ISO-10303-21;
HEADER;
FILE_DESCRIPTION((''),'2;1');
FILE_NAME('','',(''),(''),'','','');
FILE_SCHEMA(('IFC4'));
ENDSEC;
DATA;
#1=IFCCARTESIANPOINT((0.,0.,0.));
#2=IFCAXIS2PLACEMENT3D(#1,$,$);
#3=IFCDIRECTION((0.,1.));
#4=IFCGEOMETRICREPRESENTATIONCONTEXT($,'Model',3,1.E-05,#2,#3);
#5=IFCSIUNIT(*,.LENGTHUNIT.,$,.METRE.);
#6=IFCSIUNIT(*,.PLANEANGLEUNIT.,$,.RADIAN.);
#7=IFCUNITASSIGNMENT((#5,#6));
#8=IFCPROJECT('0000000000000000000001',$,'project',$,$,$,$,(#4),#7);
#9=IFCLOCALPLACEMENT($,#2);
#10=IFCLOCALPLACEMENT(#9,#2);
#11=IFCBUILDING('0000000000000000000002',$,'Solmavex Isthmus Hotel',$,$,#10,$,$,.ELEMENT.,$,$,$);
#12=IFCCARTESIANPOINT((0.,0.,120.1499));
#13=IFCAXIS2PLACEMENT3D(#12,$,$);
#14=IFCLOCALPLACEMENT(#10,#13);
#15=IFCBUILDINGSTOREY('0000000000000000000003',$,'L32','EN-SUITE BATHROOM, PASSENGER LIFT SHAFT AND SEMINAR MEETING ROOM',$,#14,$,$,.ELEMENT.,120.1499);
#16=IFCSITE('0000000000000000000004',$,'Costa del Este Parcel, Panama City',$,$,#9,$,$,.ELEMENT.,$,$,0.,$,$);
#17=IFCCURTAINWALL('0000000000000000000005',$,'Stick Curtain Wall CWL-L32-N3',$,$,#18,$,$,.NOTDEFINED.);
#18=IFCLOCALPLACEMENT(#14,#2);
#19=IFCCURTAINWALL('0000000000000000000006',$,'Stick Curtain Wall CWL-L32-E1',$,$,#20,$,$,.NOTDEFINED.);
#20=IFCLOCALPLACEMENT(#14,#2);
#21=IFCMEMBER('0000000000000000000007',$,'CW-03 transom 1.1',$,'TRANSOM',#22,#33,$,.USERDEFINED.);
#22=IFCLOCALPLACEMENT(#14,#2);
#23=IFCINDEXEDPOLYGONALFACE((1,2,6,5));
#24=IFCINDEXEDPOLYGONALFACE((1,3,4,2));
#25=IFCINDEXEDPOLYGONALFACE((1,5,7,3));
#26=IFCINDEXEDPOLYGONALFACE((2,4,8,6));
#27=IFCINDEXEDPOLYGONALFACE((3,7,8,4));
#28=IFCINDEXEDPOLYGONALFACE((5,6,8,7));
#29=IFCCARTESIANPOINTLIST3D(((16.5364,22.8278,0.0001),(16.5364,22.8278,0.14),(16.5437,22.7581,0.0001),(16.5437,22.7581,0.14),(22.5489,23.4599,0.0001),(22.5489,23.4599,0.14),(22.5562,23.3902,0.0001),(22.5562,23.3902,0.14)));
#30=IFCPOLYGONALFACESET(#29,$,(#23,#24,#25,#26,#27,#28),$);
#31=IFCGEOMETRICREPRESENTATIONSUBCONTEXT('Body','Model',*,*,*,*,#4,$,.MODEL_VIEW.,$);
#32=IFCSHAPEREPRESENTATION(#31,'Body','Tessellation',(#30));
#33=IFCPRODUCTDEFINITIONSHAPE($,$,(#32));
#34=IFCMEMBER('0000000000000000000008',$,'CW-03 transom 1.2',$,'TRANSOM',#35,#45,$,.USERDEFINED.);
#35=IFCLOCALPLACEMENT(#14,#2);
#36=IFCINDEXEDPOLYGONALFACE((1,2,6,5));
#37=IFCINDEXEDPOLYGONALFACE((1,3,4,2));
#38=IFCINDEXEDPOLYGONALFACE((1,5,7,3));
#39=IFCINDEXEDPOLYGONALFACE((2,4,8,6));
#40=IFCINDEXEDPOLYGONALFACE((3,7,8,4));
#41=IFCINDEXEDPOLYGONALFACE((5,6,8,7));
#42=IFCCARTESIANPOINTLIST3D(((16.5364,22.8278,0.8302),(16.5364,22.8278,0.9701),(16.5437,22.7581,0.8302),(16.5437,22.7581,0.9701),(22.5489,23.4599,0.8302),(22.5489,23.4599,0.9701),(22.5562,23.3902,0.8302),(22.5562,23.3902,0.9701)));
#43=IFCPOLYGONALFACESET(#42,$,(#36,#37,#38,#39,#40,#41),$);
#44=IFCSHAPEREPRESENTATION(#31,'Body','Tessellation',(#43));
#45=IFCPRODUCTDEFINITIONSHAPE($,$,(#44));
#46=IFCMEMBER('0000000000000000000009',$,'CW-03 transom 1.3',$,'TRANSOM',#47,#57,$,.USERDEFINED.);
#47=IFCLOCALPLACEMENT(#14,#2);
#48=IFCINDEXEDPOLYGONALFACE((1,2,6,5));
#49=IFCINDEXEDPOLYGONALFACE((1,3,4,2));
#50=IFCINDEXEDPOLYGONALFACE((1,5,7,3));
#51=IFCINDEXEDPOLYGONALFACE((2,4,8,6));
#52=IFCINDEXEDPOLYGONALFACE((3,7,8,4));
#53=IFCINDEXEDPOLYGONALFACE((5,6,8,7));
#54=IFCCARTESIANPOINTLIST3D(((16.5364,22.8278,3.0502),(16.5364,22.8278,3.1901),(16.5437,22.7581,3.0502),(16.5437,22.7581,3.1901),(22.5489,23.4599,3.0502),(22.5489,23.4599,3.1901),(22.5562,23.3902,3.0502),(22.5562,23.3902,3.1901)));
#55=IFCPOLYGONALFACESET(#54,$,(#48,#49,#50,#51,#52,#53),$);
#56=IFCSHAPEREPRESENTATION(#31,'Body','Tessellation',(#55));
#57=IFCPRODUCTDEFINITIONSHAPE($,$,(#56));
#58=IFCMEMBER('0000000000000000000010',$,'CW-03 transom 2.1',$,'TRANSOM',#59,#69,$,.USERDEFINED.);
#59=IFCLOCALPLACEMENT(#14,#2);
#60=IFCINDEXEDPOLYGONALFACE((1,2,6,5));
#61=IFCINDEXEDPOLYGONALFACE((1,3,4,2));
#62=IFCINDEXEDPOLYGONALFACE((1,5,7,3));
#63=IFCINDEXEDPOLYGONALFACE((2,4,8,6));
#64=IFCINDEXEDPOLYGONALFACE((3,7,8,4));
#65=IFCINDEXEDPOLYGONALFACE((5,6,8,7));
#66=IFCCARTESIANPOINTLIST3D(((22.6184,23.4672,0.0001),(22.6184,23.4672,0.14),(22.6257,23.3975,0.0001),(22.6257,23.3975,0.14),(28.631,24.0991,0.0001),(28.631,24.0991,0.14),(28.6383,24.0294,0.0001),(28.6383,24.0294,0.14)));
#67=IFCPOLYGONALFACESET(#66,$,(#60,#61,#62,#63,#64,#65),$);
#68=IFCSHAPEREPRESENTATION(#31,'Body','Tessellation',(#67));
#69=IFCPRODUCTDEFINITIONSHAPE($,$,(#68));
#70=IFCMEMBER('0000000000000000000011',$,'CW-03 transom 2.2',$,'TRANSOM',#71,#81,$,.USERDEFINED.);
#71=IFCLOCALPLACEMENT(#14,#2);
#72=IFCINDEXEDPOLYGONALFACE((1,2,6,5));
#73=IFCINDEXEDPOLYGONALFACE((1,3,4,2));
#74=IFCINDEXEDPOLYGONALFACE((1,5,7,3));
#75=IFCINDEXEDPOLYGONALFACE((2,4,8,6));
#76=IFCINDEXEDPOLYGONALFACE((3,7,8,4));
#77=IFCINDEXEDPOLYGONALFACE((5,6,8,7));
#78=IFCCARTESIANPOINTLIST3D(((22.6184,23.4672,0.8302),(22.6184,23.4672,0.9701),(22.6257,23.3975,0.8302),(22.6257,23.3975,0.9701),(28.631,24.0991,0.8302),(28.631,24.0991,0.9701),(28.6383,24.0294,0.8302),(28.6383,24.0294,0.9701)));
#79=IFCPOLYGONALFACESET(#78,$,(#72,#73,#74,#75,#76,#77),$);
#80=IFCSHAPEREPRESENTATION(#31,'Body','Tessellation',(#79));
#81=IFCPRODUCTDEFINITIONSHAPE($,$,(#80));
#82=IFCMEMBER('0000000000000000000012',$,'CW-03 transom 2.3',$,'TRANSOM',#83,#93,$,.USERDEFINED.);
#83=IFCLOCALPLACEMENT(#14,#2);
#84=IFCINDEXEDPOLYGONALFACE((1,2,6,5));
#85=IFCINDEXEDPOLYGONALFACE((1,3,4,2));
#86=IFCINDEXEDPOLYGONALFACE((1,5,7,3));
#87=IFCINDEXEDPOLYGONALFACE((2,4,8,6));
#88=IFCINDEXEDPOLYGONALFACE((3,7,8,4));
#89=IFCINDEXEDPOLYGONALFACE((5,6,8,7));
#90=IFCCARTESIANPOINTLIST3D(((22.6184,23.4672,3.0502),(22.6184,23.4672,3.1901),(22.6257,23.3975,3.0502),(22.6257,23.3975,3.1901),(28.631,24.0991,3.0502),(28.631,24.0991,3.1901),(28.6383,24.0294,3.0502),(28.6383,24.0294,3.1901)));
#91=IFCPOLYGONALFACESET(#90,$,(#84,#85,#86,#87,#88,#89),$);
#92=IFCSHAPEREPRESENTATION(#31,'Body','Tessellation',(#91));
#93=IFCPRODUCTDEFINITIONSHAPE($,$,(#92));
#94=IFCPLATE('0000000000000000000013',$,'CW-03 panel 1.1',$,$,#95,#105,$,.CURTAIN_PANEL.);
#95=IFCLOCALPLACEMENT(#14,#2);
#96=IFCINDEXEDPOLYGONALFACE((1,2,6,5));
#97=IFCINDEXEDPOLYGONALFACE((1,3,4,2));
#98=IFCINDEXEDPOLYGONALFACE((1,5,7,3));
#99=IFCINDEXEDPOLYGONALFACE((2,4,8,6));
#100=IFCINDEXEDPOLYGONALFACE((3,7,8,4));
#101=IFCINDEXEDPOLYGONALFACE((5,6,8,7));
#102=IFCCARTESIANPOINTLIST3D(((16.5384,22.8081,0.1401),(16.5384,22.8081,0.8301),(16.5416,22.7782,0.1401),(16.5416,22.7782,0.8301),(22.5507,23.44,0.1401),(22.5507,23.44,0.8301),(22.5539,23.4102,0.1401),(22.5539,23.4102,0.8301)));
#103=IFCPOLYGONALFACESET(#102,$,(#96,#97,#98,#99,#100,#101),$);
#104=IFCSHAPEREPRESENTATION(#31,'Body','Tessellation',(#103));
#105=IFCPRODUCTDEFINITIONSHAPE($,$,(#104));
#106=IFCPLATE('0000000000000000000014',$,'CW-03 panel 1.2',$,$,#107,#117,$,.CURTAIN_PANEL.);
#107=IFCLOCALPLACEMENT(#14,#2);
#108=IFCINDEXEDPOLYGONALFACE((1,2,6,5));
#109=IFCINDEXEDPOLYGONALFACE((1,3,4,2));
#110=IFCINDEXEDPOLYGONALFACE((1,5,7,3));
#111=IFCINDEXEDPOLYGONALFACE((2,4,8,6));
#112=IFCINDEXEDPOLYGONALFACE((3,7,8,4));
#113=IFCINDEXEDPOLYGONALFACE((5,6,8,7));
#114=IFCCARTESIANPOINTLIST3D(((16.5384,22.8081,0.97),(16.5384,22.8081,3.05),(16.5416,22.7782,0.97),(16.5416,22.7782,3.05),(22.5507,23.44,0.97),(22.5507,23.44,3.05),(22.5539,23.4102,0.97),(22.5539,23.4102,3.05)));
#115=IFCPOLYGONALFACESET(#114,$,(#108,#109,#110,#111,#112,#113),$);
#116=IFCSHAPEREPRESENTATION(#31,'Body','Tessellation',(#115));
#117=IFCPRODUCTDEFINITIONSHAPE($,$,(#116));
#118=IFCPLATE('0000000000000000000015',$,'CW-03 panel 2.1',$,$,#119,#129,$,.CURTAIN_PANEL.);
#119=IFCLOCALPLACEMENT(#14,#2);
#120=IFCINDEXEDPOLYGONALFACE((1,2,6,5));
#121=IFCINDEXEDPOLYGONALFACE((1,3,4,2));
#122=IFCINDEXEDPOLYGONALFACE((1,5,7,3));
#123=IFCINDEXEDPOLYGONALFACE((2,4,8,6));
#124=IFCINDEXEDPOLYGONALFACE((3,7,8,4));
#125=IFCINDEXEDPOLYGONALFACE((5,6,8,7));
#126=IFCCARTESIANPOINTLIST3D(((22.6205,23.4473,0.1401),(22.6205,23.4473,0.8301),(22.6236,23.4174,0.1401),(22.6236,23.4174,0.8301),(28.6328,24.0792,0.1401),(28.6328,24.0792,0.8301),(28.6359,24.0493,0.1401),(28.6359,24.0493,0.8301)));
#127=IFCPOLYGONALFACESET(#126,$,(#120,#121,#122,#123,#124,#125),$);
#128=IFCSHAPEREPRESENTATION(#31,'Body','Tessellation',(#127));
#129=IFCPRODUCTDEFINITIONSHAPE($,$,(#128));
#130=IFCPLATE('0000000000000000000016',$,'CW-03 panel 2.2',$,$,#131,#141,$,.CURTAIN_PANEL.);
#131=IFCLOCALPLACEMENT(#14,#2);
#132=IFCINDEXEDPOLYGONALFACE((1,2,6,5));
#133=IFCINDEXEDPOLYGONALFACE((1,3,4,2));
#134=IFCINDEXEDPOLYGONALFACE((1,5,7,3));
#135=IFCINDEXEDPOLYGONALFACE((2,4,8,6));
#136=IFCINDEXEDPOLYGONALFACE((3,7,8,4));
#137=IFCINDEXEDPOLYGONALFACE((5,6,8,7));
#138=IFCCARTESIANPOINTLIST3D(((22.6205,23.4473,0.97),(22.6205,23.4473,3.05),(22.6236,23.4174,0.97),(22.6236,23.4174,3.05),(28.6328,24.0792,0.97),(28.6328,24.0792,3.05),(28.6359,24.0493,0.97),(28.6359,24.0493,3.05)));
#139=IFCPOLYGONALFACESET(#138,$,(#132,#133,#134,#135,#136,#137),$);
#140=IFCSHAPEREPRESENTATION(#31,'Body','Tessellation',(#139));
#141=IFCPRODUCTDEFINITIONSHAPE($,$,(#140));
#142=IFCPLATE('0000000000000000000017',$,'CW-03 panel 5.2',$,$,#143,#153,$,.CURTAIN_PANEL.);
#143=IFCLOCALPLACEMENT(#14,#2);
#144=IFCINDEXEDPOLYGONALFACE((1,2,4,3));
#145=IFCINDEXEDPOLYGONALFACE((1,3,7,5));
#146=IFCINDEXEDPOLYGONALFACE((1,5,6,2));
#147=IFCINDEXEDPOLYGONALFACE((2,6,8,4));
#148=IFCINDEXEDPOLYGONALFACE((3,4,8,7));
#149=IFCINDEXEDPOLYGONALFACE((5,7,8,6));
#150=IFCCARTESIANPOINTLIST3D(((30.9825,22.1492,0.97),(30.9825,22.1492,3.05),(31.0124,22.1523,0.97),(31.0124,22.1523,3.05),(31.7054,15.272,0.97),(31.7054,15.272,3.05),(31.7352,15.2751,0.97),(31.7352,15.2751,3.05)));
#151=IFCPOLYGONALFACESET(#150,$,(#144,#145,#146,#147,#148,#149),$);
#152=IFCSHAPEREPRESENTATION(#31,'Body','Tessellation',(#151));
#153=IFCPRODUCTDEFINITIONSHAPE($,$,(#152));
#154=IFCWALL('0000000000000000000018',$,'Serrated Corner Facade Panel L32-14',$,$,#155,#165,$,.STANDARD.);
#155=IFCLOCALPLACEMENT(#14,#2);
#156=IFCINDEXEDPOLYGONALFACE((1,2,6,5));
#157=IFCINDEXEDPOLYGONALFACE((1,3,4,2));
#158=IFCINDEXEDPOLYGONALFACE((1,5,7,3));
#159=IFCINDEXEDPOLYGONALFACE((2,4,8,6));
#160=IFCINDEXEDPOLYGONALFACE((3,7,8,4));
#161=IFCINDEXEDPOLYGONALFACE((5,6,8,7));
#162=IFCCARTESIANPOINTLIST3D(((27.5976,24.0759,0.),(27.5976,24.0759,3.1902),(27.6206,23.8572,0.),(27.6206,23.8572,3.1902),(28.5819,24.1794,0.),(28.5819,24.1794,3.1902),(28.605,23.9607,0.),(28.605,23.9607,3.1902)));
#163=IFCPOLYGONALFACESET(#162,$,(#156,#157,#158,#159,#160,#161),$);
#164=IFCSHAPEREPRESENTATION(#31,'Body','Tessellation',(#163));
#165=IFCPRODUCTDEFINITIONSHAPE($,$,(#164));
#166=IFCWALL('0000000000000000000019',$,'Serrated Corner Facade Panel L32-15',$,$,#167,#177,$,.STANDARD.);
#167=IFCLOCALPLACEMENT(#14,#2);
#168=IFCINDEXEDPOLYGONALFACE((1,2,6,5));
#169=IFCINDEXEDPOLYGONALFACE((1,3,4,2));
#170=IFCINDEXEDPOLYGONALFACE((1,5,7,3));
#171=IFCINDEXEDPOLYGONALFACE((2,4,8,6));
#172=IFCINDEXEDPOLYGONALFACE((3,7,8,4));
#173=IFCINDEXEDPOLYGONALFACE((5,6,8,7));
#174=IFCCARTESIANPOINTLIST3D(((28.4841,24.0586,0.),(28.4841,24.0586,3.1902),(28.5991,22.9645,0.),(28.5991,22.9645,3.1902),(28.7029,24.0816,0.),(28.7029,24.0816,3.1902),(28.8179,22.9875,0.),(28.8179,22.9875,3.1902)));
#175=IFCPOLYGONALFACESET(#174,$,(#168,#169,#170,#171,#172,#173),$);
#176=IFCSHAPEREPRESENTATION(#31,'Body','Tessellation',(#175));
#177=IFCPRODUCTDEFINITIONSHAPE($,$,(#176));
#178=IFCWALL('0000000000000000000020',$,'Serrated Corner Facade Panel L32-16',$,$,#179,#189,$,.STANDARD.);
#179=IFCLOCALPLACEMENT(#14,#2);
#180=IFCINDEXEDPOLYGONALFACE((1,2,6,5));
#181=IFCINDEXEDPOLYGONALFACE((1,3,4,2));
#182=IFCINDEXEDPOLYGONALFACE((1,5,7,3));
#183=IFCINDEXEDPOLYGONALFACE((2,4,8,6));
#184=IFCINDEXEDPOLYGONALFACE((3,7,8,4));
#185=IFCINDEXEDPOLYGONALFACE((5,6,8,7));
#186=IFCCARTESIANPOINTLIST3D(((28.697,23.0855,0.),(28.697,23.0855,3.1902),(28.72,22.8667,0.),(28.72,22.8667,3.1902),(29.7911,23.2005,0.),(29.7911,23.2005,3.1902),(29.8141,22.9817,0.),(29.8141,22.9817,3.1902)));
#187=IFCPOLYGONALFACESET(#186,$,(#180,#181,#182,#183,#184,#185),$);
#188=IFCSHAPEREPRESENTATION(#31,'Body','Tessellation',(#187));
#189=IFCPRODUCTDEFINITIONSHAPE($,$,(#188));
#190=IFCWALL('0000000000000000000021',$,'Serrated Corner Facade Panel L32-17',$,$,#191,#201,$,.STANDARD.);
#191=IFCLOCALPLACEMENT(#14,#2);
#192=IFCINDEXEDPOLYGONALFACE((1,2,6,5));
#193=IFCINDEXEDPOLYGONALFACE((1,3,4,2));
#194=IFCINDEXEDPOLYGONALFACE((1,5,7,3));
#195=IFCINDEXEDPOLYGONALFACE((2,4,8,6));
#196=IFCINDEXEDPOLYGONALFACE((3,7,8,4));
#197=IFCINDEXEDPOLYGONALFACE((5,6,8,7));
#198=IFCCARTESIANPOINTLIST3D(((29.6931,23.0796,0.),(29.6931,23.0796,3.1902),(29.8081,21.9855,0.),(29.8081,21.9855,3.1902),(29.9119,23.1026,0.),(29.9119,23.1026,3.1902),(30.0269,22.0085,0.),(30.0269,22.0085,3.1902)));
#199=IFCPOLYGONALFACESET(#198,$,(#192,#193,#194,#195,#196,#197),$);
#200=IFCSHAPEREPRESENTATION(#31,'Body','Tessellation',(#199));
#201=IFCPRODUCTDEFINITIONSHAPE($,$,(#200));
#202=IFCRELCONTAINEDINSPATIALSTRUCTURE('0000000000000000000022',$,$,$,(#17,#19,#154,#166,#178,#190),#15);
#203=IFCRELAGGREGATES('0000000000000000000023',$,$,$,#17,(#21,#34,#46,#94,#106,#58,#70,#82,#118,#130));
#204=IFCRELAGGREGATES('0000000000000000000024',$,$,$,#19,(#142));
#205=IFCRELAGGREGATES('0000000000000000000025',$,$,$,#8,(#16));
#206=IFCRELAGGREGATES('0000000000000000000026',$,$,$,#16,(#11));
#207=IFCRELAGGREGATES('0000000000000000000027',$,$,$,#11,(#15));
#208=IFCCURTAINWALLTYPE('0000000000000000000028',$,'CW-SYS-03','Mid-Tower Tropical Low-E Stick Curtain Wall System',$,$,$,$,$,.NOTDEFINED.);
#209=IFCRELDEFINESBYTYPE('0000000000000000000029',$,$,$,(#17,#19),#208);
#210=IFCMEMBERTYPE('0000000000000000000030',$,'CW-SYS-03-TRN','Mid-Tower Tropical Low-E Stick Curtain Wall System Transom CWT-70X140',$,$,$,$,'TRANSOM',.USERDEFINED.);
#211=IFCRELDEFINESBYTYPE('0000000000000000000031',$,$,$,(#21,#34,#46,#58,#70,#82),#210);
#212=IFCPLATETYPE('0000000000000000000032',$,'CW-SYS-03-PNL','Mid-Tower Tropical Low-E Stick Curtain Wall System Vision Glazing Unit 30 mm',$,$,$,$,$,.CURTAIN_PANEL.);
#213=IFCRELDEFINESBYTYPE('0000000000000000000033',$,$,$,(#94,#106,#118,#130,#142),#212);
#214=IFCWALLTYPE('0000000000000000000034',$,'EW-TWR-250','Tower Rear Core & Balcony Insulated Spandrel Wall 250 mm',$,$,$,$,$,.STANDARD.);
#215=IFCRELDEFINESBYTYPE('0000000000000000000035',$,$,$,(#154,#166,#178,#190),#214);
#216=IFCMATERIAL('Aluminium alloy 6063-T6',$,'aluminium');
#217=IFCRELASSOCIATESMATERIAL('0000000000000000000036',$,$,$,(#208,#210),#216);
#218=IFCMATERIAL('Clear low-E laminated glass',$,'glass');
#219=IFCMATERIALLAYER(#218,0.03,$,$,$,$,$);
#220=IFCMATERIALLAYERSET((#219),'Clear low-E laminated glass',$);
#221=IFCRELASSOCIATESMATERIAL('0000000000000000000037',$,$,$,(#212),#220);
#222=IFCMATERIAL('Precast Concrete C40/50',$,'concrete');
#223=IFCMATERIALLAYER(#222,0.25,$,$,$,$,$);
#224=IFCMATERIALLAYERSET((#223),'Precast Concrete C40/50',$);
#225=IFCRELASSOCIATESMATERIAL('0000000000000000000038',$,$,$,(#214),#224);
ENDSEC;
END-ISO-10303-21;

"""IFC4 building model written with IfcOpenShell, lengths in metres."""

from ifc_helpers import new_model, si_unit, direction, frame, frame_2d, origin, origin_2d, place, context, subcontext, project, spatial, rectangle, extrude, material, layer, layer_set, material_profile, profile_set, type_object, element, aggregate, save


model = new_model("IFC4")

# Units and contexts
model_context = context("Model", 3, precision=1e-05, world=origin(), true_north=direction((0.0, 1.0)))
body_context = subcontext(model_context, "Body", "Model", "MODEL_VIEW")
ifc_project = project(units=[si_unit("LENGTHUNIT", "METRE"), si_unit("PLANEANGLEUNIT", "RADIAN")], contexts=[model_context])

# Site, building, storey
site_placement = place(None, origin())
site = spatial("IfcSite", under=ifc_project, at=site_placement, Name="Costa del Este Parcel, Panama City", CompositionType="ELEMENT", RefElevation=0.0)
building_placement = place(site_placement, origin())
building = spatial("IfcBuilding", under=site, at=building_placement, Name="Solmavex Isthmus Hotel", CompositionType="ELEMENT")
storey_placement = place(building_placement, frame((0.0, 0.0, 120.1499)))
storey = spatial("IfcBuildingStorey", under=building, at=storey_placement, Name="L32", Description="EN-SUITE BATHROOM, PASSENGER LIFT SHAFT AND SEMINAR MEETING ROOM", CompositionType="ELEMENT", Elevation=120.1499)

# Curtain wall
ifc_material_1 = material(Name="Aluminium alloy 6063-T6", Category="aluminium")
curtain_wall_type = type_object("IfcCurtainWallType", Name="CW-SYS-03", Description="Mid-Tower Tropical Low-E Stick Curtain Wall System", PredefinedType="NOTDEFINED", material=ifc_material_1)
curtain_wall_1_placement = place(storey_placement, origin())
curtain_wall_1 = element("IfcCurtainWall", 1, at=curtain_wall_1_placement, inside=storey, type_object=curtain_wall_type, Name="Stick Curtain Wall CWL-L32-N3", PredefinedType="NOTDEFINED")

# Curtain wall
curtain_wall_2_placement = place(storey_placement, origin())
curtain_wall_2 = element("IfcCurtainWall", 2, at=curtain_wall_2_placement, inside=storey, type_object=curtain_wall_type, Name="Stick Curtain Wall CWL-L32-E1", PredefinedType="NOTDEFINED")

# Members
ifc_material_profile_1 = material_profile(ifc_material_1, rectangle(XDim=0.0701, YDim=0.1399, at=origin_2d()), Name="CWT-70X140")
ifc_profile_set_1 = profile_set([ifc_material_profile_1], Name="Aluminium alloy 6063-T6")
member_type_1 = type_object("IfcMemberType", Name="CW-SYS-03-TRN", Description="Mid-Tower Tropical Low-E Stick Curtain Wall System Transom CWT-70X140", ElementType="TRANSOM", PredefinedType="USERDEFINED", material=ifc_profile_set_1)
member_1_placement = place(storey_placement, frame((16.54, 22.793, 0.0701), z_axis=(0.994519, 0.104552, 0.0), x_axis=(-0.104552, 0.994519, 0.0)))
member_1 = element("IfcMember", 3, at=member_1_placement, type_object=member_type_1, Name="CW-03 transom 1.1", ObjectType="TRANSOM", PredefinedType="USERDEFINED", context=body_context, shape_type="SweptSolid", body=[
    extrude(rectangle(XDim=0.0701, YDim=0.1399, at=origin_2d()), origin(), (0.0, 0.0, 1.0), 6.0457),
])
member_2_placement = place(storey_placement, frame((16.54, 22.793, 0.9001), z_axis=(0.994519, 0.104552, 0.0), x_axis=(-0.104552, 0.994519, 0.0)))
member_2 = element("IfcMember", 4, at=member_2_placement, type_object=member_type_1, Name="CW-03 transom 1.2", ObjectType="TRANSOM", PredefinedType="USERDEFINED", context=body_context, shape_type="SweptSolid", body=[
    extrude(rectangle(XDim=0.0701, YDim=0.1399, at=origin_2d()), origin(), (0.0, 0.0, 1.0), 6.0457),
])
member_3_placement = place(storey_placement, frame((16.54, 22.793, 3.1201), z_axis=(0.994519, 0.104552, 0.0), x_axis=(-0.104552, 0.994519, 0.0)))
member_3 = element("IfcMember", 5, at=member_3_placement, type_object=member_type_1, Name="CW-03 transom 1.3", ObjectType="TRANSOM", PredefinedType="USERDEFINED", context=body_context, shape_type="SweptSolid", body=[
    extrude(rectangle(XDim=0.0701, YDim=0.1399, at=origin_2d()), origin(), (0.0, 0.0, 1.0), 6.0457),
])
member_4_placement = place(storey_placement, frame((22.6221, 23.4324, 0.0701), z_axis=(0.994524, 0.104512, 0.0), x_axis=(-0.104512, 0.994524, 0.0)))
member_4 = element("IfcMember", 6, at=member_4_placement, type_object=member_type_1, Name="CW-03 transom 2.1", ObjectType="TRANSOM", PredefinedType="USERDEFINED", context=body_context, shape_type="SweptSolid", body=[
    extrude(rectangle(XDim=0.0701, YDim=0.1399, at=origin_2d()), origin(), (0.0, 0.0, 1.0), 6.0457),
])
member_5_placement = place(storey_placement, frame((22.6221, 23.4324, 0.9001), z_axis=(0.994524, 0.104512, 0.0), x_axis=(-0.104512, 0.994524, 0.0)))
member_5 = element("IfcMember", 7, at=member_5_placement, type_object=member_type_1, Name="CW-03 transom 2.2", ObjectType="TRANSOM", PredefinedType="USERDEFINED", context=body_context, shape_type="SweptSolid", body=[
    extrude(rectangle(XDim=0.0701, YDim=0.1399, at=origin_2d()), origin(), (0.0, 0.0, 1.0), 6.0457),
])
member_6_placement = place(storey_placement, frame((22.6221, 23.4324, 3.1201), z_axis=(0.994524, 0.104512, 0.0), x_axis=(-0.104512, 0.994524, 0.0)))
member_6 = element("IfcMember", 8, at=member_6_placement, type_object=member_type_1, Name="CW-03 transom 2.3", ObjectType="TRANSOM", PredefinedType="USERDEFINED", context=body_context, shape_type="SweptSolid", body=[
    extrude(rectangle(XDim=0.0701, YDim=0.1399, at=origin_2d()), origin(), (0.0, 0.0, 1.0), 6.0457),
])

# Plates
ifc_material_2 = material(Name="Clear low-E laminated glass", Category="glass")
ifc_layer_1 = layer(ifc_material_2, 0.03)
ifc_layer_set_1 = layer_set([ifc_layer_1], Name="Clear low-E laminated glass")
plate_type = type_object("IfcPlateType", Name="CW-SYS-03-PNL", Description="Mid-Tower Tropical Low-E Stick Curtain Wall System Vision Glazing Unit 30 mm", PredefinedType="CURTAIN_PANEL", material=ifc_layer_set_1)
plate_1_placement = place(storey_placement, frame((19.5461, 23.1091, 0.1401), z_axis=(0.0, 0.0, 1.0), x_axis=(0.994522, 0.104528, 0.0)))
plate_1 = element("IfcPlate", 9, at=plate_1_placement, type_object=plate_type, Name="CW-03 panel 1.1", PredefinedType="CURTAIN_PANEL", context=body_context, shape_type="SweptSolid", body=[
    extrude(rectangle(XDim=6.0454, YDim=0.03, at=origin_2d()), origin(), (0.0, 0.0, 1.0), 0.6899),
])
plate_2_placement = place(storey_placement, frame((19.5461, 23.1091, 0.97), z_axis=(0.0, 0.0, 1.0), x_axis=(0.994522, 0.104528, 0.0)))
plate_2 = element("IfcPlate", 10, at=plate_2_placement, type_object=plate_type, Name="CW-03 panel 1.2", PredefinedType="CURTAIN_PANEL", context=body_context, shape_type="SweptSolid", body=[
    extrude(rectangle(XDim=6.0454, YDim=0.03, at=origin_2d()), origin(), (0.0, 0.0, 1.0), 2.0801),
])
plate_3_placement = place(storey_placement, frame((25.6282, 23.7483, 0.1401), z_axis=(0.0, 0.0, 1.0), x_axis=(0.994522, 0.104528, 0.0)))
plate_3 = element("IfcPlate", 11, at=plate_3_placement, type_object=plate_type, Name="CW-03 panel 2.1", PredefinedType="CURTAIN_PANEL", context=body_context, shape_type="SweptSolid", body=[
    extrude(rectangle(XDim=6.0454, YDim=0.03, at=origin_2d()), origin(), (0.0, 0.0, 1.0), 0.6899),
])
plate_4_placement = place(storey_placement, frame((25.6282, 23.7483, 0.97), z_axis=(0.0, 0.0, 1.0), x_axis=(0.994522, 0.104528, 0.0)))
plate_4 = element("IfcPlate", 12, at=plate_4_placement, type_object=plate_type, Name="CW-03 panel 2.2", PredefinedType="CURTAIN_PANEL", context=body_context, shape_type="SweptSolid", body=[
    extrude(rectangle(XDim=6.0454, YDim=0.03, at=origin_2d()), origin(), (0.0, 0.0, 1.0), 2.0801),
])
aggregate(curtain_wall_1, [member_1, member_2, member_3, plate_1, plate_2, member_4, member_5, member_6, plate_3, plate_4])
plate_5_placement = place(storey_placement, frame((31.3589, 18.7122, 0.97), z_axis=(0.0, 0.0, 1.0), x_axis=(-0.104528, 0.994522, 0.0)))
plate_5 = element("IfcPlate", 13, at=plate_5_placement, type_object=plate_type, Name="CW-03 panel 5.2", PredefinedType="CURTAIN_PANEL", context=body_context, shape_type="SweptSolid", body=[
    extrude(rectangle(XDim=6.915, YDim=0.03, at=origin_2d()), origin(), (0.0, 0.0, 1.0), 2.0801),
])
aggregate(curtain_wall_2, [plate_5])

# Walls
ifc_material_3 = material(Name="Precast Concrete C40/50", Category="concrete")
ifc_layer_2 = layer(ifc_material_3, 0.25)
ifc_layer_set_2 = layer_set([ifc_layer_2], Name="Precast Concrete C40/50")
wall_type_1 = type_object("IfcWallType", Name="EW-TWR-250", Description="Tower Rear Core & Balcony Insulated Spandrel Wall 250 mm", PredefinedType="STANDARD", material=ifc_layer_set_2)
wall_1_placement = place(storey_placement, frame((27.6091, 23.9666, 0.0), z_axis=(0.0, 0.0, 1.0), x_axis=(0.994516, 0.104582, 0.0)))
element("IfcWall", 14, at=wall_1_placement, inside=storey, type_object=wall_type_1, Name="Serrated Corner Facade Panel L32-14", PredefinedType="STANDARD", context=body_context, shape_type="SweptSolid", body=[
    extrude(rectangle(XDim=0.9897, YDim=0.22, at=frame_2d((0.4949, 0.0))), origin(), (0.0, 0.0, 1.0), 3.1902),
])
for number, where, z_axis, x_axis, name in (
    (15, (28.5935, 24.0701, 0.0), (0.0, 0.0, 1.0), (0.104535, -0.994521, 0.0), "Serrated Corner Facade Panel L32-15"),
    (16, (28.7085, 22.9761, 0.0), (0.0, 0.0, 1.0), (0.994521, 0.104535, 0.0), "Serrated Corner Facade Panel L32-16"),
    (17, (29.8025, 23.0911, 0.0), (0.0, 0.0, 1.0), (0.104535, -0.994521, 0.0), "Serrated Corner Facade Panel L32-17"),
):
    element("IfcWall", number, at=place(storey_placement, frame(where, z_axis=z_axis, x_axis=x_axis)), inside=storey, type_object=wall_type_1, Name=name, PredefinedType="STANDARD", context=body_context, shape_type="SweptSolid", body=[
        extrude(rectangle(XDim=1.1001, YDim=0.22, at=frame_2d((0.55, 0.0))), origin(), (0.0, 0.0, 1.0), 3.1902),
    ])

save(model, "model.ifc")
